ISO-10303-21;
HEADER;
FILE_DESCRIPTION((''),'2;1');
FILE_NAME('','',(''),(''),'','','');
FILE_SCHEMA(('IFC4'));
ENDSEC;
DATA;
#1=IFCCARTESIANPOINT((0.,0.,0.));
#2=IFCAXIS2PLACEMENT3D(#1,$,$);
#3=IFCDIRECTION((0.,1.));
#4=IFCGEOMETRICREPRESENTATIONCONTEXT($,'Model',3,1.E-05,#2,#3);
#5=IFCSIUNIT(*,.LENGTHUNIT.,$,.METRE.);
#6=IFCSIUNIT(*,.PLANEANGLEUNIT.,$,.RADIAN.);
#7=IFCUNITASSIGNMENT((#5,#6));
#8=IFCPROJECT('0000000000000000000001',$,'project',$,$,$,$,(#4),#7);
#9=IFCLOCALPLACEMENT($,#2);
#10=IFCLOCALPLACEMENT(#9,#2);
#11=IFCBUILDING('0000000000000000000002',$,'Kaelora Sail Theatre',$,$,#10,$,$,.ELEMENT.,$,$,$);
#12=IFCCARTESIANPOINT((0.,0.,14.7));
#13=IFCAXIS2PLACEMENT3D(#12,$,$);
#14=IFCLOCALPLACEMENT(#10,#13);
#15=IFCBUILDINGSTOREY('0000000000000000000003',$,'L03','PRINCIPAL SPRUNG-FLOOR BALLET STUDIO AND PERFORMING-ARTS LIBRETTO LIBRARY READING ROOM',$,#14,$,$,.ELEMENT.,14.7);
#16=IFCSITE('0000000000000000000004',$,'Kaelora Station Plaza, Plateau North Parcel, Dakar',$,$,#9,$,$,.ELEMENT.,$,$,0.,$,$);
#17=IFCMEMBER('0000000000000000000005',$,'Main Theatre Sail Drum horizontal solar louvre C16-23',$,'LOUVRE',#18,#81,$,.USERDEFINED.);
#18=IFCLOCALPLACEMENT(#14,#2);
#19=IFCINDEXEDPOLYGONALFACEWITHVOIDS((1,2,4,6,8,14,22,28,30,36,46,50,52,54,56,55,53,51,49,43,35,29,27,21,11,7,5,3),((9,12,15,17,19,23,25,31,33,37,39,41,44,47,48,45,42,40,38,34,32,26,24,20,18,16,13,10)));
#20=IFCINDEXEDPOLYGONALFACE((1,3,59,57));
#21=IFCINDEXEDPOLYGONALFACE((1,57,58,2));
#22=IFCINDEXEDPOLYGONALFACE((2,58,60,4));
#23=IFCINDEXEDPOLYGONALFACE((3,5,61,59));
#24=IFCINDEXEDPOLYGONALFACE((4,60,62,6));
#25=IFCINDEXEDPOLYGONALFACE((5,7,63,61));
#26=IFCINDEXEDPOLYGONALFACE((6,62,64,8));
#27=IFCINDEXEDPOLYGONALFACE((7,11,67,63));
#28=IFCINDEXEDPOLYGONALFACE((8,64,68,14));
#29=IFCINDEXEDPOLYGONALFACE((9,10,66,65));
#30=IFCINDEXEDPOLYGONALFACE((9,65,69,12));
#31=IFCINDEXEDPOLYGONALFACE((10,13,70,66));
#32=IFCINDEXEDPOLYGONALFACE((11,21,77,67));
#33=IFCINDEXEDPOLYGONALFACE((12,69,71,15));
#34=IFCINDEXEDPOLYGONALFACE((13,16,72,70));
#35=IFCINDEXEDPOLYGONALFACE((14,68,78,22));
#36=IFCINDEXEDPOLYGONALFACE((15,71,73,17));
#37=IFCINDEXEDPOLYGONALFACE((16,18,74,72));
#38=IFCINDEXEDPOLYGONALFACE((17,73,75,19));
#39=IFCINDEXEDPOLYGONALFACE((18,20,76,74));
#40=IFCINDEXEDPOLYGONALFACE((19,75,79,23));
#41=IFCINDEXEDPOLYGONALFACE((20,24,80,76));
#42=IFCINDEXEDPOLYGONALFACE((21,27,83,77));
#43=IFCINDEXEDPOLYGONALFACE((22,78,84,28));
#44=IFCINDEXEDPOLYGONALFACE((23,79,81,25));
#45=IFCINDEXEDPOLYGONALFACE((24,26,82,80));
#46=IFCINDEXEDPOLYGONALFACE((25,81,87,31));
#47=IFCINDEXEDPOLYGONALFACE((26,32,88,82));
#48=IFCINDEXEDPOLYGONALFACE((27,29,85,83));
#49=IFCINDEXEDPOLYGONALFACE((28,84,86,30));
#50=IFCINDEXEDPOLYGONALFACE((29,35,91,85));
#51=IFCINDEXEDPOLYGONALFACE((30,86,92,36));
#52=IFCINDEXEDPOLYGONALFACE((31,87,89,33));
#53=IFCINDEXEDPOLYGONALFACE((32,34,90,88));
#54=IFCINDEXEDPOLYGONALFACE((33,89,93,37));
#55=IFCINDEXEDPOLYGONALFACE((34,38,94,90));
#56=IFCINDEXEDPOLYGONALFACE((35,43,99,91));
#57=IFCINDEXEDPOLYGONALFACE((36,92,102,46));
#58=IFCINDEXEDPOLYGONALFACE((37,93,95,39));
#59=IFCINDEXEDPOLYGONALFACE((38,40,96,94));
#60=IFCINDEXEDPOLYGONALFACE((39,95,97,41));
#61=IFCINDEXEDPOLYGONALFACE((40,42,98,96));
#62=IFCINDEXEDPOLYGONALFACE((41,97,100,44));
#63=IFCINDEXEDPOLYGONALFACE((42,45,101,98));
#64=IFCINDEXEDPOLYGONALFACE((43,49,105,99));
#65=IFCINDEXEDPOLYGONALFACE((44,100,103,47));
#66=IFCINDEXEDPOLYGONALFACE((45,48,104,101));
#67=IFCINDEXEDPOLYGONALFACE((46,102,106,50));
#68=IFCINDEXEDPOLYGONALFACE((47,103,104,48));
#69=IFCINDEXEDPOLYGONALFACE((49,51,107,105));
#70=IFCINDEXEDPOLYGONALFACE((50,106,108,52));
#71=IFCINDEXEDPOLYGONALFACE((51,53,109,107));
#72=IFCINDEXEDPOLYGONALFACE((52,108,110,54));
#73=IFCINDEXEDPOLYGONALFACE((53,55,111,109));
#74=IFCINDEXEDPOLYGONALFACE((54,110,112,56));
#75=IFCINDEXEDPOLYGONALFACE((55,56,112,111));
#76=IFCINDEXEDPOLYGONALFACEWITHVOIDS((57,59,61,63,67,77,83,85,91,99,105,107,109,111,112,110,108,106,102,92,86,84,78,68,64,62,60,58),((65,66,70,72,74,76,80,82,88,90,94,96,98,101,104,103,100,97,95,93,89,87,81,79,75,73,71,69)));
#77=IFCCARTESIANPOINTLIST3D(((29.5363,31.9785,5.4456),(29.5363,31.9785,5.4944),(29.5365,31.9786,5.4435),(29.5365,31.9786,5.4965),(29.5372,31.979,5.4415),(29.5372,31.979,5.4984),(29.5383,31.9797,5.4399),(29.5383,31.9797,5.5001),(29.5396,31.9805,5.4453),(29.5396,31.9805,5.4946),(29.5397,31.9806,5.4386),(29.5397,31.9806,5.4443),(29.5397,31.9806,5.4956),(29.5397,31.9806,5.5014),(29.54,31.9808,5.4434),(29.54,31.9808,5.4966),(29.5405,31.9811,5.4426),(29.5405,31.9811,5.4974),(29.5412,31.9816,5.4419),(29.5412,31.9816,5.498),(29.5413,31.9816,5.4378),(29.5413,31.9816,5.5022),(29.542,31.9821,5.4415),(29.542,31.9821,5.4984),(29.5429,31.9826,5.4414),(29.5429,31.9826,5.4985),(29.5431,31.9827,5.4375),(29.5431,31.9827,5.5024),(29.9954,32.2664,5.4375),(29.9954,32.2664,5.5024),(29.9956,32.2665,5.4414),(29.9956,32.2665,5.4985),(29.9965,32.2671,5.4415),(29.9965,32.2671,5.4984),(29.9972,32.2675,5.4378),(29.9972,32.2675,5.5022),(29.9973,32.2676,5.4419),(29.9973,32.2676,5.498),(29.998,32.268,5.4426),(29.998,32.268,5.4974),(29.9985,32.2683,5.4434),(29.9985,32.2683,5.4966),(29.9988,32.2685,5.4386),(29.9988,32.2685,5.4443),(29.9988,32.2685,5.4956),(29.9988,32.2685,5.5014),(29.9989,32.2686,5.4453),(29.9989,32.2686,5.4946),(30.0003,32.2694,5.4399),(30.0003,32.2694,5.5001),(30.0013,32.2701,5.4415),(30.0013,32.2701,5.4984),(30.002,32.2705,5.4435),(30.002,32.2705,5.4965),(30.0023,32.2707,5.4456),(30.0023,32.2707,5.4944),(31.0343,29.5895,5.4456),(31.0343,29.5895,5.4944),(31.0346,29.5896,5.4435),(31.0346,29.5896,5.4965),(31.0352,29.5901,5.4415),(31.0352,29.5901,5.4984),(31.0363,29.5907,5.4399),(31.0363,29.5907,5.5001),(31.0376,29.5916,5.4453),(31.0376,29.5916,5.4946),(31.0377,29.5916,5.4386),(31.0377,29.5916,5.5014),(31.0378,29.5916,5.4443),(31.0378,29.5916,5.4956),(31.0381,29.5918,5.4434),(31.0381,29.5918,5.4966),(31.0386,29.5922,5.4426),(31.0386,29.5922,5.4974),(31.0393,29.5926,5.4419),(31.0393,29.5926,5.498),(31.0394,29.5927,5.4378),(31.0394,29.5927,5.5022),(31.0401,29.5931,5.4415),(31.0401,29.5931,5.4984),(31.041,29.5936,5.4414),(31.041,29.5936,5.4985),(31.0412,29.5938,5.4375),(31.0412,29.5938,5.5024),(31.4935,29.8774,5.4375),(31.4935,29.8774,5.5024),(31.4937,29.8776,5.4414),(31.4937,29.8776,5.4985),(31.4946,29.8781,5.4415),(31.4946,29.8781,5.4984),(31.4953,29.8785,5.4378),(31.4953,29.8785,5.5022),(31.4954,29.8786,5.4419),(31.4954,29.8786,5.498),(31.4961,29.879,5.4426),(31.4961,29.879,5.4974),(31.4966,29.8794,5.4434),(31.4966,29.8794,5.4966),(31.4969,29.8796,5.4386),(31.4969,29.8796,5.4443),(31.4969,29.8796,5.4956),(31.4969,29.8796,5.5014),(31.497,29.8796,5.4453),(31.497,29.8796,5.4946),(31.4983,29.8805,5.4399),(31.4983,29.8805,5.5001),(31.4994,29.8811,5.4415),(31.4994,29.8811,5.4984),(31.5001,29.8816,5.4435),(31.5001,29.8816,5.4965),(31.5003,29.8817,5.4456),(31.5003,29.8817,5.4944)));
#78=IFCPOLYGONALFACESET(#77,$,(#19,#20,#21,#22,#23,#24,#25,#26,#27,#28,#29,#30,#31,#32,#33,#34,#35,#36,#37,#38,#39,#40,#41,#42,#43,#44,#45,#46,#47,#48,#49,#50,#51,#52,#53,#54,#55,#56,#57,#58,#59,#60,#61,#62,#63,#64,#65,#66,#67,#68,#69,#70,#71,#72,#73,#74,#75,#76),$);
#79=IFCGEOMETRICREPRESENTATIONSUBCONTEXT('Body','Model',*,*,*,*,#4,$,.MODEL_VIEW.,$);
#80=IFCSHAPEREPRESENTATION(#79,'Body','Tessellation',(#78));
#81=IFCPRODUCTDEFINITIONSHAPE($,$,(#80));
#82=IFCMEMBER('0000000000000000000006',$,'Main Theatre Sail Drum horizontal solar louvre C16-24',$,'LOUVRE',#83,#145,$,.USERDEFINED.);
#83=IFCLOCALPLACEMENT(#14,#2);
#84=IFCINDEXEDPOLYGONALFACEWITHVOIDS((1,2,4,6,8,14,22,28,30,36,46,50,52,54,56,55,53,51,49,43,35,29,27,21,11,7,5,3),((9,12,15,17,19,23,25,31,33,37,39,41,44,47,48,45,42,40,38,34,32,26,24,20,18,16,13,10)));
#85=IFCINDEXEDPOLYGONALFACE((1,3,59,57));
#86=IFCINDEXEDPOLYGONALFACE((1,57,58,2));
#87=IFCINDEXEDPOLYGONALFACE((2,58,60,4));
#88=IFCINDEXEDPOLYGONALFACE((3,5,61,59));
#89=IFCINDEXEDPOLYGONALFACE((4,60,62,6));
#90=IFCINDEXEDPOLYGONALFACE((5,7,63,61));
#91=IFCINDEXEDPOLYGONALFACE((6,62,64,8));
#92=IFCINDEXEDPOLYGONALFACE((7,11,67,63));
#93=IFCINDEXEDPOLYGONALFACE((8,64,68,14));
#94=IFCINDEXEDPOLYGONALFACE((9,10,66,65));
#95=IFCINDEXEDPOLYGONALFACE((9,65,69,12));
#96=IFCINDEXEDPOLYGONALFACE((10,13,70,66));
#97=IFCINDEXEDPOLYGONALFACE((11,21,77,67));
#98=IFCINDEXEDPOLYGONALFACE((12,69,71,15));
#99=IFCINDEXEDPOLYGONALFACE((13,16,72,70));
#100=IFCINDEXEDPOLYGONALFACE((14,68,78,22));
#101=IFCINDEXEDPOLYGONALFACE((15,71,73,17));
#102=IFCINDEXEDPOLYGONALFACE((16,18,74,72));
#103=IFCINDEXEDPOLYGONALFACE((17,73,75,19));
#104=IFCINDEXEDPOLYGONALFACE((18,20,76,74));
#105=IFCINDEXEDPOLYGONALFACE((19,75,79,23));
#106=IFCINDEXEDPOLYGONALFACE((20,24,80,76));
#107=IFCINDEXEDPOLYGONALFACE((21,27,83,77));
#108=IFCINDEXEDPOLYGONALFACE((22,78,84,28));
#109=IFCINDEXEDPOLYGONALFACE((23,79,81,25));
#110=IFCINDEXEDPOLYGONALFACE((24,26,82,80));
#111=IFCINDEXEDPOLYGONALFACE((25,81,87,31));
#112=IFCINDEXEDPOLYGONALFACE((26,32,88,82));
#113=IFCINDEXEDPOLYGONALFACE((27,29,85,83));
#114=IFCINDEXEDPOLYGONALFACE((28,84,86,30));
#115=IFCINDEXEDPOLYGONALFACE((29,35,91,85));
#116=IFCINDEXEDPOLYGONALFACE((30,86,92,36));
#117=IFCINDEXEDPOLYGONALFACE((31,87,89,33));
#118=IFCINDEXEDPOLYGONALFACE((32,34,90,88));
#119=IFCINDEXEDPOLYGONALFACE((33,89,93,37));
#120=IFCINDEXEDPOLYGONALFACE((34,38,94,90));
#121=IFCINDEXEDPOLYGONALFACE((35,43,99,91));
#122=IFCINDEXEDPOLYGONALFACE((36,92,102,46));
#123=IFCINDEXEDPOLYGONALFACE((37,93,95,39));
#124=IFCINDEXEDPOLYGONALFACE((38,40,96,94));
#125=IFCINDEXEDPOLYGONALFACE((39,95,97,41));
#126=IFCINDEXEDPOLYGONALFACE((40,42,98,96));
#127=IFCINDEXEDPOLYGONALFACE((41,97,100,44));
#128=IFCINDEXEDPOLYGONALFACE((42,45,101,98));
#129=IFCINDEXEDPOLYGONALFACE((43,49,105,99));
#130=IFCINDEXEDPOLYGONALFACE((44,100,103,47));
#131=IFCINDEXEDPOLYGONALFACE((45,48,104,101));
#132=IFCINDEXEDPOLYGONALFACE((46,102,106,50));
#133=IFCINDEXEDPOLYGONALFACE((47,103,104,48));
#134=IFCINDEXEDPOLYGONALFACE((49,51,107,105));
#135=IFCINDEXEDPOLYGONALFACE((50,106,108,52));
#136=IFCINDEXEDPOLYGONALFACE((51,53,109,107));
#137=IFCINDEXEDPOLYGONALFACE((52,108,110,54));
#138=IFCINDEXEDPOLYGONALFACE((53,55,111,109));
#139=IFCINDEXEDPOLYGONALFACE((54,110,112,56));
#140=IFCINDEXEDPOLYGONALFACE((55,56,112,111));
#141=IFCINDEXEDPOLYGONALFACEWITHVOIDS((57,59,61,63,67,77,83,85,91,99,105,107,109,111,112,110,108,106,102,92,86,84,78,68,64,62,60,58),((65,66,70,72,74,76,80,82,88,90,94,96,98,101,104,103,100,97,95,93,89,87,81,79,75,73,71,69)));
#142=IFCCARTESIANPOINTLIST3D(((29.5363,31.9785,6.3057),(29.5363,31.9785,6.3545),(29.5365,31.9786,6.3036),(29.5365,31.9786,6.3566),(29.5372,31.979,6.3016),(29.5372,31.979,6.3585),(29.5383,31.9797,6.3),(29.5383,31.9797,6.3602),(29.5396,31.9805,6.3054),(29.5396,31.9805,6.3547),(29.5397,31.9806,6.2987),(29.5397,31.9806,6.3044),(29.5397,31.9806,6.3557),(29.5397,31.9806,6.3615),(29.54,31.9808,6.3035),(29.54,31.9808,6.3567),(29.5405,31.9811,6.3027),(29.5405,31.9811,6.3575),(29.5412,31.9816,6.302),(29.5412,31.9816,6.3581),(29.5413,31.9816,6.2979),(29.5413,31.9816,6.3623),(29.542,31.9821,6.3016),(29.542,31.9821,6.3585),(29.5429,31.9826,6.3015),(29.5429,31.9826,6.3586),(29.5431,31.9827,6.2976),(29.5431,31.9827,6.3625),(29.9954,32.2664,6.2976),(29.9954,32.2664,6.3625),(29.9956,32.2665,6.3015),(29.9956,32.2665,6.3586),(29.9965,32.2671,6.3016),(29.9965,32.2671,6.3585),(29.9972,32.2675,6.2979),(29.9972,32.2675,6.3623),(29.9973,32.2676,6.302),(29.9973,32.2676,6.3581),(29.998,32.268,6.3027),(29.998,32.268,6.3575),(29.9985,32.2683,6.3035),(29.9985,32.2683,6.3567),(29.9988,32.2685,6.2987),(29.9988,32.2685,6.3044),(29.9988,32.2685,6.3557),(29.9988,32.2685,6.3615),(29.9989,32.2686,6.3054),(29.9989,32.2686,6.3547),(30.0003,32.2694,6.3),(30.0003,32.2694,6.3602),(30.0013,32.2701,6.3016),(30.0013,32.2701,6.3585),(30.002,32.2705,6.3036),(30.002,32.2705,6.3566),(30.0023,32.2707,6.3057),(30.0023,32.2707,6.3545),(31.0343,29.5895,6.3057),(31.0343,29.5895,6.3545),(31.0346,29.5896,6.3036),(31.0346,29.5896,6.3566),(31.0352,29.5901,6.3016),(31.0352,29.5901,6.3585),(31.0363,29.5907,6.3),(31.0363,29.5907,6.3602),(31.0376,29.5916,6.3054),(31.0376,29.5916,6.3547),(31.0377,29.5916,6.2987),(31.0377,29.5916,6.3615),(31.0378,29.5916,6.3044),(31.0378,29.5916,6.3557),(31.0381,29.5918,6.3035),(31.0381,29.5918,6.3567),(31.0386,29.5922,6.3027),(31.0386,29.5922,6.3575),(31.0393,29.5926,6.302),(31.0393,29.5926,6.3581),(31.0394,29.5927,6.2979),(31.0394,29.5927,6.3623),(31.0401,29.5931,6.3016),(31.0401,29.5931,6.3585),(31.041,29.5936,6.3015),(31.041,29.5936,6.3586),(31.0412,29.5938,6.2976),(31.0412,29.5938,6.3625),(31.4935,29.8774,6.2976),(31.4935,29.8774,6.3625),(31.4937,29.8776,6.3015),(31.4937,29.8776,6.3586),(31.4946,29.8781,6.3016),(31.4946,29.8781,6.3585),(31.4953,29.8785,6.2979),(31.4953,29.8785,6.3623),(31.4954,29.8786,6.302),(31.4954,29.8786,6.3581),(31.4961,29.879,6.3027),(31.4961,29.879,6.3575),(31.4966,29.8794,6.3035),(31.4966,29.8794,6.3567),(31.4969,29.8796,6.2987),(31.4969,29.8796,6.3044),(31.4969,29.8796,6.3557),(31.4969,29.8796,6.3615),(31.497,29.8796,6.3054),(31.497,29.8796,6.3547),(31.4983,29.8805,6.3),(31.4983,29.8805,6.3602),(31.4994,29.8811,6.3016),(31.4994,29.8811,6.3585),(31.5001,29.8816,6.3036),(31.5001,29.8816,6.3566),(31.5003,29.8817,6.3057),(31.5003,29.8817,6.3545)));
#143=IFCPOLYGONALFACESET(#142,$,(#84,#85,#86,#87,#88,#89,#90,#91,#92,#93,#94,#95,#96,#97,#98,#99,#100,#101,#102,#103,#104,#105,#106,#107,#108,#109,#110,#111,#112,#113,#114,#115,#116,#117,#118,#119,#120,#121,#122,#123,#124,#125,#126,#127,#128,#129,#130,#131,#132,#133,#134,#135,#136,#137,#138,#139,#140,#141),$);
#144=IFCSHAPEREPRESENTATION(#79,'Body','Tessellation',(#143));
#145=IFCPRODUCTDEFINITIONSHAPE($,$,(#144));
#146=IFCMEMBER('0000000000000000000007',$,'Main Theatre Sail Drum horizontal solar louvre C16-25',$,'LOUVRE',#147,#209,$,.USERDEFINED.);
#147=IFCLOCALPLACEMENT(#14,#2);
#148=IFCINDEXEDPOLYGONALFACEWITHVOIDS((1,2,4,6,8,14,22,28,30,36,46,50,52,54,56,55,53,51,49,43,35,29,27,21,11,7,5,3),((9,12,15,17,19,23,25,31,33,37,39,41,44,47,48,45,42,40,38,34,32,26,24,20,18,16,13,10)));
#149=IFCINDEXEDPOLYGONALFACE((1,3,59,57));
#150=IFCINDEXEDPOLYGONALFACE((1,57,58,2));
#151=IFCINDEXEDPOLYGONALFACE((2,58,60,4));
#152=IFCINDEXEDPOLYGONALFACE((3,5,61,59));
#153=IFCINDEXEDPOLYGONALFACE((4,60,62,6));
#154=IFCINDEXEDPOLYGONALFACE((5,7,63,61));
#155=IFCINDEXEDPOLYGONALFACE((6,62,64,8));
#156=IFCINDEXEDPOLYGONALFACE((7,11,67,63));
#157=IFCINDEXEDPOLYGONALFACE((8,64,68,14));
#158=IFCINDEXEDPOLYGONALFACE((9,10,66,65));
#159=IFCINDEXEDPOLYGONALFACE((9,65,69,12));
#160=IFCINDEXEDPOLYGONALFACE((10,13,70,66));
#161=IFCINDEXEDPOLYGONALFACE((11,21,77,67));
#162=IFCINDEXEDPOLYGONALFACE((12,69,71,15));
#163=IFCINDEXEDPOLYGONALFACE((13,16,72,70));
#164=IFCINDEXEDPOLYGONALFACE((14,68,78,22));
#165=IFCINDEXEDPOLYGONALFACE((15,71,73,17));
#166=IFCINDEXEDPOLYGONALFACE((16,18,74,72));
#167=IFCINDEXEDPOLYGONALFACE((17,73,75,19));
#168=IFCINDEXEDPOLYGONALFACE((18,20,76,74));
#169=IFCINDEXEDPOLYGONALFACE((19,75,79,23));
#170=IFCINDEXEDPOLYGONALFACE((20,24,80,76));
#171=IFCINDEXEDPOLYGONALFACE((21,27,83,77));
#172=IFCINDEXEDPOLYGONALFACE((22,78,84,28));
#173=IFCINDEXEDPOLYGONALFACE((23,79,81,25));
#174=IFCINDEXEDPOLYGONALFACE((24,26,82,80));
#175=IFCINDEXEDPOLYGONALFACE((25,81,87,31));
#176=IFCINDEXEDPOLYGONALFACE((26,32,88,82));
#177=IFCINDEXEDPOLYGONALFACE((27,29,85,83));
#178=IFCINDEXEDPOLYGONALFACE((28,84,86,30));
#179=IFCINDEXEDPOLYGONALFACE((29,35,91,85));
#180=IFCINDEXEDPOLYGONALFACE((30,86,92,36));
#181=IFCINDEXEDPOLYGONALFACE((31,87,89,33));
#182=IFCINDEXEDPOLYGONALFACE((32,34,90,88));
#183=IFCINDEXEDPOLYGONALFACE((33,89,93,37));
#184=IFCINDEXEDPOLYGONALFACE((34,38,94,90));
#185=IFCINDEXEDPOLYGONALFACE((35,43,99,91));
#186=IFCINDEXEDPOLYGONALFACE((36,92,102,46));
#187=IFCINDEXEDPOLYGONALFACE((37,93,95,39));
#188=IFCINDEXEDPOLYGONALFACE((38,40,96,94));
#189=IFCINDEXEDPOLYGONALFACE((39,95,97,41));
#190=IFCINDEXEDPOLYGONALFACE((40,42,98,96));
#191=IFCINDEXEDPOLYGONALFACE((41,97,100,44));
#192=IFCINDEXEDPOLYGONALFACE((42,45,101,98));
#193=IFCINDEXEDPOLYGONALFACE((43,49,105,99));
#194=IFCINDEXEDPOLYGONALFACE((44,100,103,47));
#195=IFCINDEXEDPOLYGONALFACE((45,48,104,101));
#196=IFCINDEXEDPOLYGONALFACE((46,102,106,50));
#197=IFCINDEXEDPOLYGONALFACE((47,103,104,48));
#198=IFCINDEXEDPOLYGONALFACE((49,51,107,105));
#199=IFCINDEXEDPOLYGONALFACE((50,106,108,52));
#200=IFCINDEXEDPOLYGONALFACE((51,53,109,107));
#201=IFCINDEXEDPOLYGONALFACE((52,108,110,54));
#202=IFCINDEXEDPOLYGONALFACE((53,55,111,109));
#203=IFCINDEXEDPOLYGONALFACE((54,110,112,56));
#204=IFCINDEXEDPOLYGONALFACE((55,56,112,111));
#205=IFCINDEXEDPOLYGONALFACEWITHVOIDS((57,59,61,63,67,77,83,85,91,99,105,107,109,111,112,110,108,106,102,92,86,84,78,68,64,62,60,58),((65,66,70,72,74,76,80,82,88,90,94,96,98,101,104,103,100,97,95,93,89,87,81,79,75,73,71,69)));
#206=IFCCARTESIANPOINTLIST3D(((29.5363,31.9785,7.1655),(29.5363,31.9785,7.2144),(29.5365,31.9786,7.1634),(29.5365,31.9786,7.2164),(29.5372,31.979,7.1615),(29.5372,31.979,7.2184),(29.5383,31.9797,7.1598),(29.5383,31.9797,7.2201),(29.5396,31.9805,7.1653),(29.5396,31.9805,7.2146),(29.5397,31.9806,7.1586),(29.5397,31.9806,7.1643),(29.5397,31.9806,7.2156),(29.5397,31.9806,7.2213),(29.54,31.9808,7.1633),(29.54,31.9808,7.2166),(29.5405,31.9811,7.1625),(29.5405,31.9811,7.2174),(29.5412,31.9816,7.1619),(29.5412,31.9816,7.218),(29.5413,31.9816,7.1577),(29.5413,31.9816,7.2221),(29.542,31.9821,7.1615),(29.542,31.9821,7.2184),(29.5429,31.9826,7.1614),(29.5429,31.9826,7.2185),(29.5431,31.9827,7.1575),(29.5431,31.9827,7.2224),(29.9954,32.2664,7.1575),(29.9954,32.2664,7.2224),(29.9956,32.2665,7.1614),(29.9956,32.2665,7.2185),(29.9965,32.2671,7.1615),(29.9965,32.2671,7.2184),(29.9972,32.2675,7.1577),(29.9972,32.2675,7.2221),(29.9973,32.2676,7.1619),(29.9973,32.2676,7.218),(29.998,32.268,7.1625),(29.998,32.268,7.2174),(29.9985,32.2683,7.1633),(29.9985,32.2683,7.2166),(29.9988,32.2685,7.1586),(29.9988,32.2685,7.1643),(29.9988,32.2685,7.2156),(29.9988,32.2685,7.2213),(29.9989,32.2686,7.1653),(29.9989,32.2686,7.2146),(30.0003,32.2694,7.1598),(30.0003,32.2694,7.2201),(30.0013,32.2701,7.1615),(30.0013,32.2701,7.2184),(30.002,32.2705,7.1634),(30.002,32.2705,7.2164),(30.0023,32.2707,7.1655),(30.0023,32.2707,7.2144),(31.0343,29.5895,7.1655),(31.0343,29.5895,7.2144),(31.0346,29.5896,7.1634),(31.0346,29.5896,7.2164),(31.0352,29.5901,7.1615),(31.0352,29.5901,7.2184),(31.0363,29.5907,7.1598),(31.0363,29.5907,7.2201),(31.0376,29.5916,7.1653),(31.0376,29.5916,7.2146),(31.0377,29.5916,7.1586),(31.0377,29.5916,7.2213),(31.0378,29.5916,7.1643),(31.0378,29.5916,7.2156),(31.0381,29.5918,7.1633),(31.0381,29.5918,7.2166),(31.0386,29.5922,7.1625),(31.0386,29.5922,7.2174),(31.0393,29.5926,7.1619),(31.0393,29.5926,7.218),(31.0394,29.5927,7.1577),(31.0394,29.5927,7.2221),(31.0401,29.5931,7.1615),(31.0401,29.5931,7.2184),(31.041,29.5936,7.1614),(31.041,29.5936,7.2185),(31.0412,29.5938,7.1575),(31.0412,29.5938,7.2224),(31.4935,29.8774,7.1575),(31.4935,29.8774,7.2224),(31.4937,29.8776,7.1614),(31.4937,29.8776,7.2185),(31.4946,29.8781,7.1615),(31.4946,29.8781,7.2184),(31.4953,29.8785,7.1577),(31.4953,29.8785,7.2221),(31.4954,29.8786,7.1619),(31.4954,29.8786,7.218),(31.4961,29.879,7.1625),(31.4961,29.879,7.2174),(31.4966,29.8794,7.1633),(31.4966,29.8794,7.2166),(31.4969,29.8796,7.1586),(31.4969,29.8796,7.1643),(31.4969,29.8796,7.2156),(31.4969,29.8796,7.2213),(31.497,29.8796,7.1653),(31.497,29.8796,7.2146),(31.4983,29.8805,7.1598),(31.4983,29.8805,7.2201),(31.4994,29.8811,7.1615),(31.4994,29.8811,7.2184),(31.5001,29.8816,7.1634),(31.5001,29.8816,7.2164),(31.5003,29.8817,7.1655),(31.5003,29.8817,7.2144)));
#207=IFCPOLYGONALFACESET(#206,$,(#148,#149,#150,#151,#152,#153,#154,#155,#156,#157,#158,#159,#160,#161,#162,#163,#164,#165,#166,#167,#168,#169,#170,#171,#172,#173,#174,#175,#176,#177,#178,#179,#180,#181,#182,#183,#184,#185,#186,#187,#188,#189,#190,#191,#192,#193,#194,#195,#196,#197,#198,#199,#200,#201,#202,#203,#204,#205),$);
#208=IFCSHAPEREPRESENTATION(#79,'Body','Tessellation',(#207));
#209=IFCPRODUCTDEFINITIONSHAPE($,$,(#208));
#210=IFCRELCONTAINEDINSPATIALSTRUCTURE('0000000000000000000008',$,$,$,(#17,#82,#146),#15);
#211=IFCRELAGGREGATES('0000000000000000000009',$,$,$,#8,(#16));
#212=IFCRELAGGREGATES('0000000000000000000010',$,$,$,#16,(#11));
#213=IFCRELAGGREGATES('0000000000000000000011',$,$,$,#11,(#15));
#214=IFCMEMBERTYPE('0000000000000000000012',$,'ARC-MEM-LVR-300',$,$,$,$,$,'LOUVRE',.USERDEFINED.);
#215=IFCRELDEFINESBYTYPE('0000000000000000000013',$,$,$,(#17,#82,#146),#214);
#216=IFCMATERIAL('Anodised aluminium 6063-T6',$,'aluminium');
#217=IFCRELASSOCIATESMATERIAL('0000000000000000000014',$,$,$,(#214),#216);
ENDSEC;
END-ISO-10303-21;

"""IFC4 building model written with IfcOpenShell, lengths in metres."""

from ifc_helpers import new_model, si_unit, direction, frame, origin, origin_2d, place, context, subcontext, project, spatial, hollow_rectangle, extrude, material, material_profile, profile_set, type_object, element, save


model = new_model("IFC4")

# Units and contexts
model_context = context("Model", 3, precision=1e-05, world=origin(), true_north=direction((0.0, 1.0)))
body_context = subcontext(model_context, "Body", "Model", "MODEL_VIEW")
ifc_project = project(units=[si_unit("LENGTHUNIT", "METRE"), si_unit("PLANEANGLEUNIT", "RADIAN")], contexts=[model_context])

# Site, building, storey
site_placement = place(None, origin())
site = spatial("IfcSite", under=ifc_project, at=site_placement, Name="Kaelora Station Plaza, Plateau North Parcel, Dakar", CompositionType="ELEMENT", RefElevation=0.0)
building_placement = place(site_placement, origin())
building = spatial("IfcBuilding", under=site, at=building_placement, Name="Kaelora Sail Theatre", CompositionType="ELEMENT")
storey_placement = place(building_placement, frame((0.0, 0.0, 14.7)))
storey = spatial("IfcBuildingStorey", under=building, at=storey_placement, Name="L03", Description="PRINCIPAL SPRUNG-FLOOR BALLET STUDIO AND PERFORMING-ARTS LIBRETTO LIBRARY READING ROOM", CompositionType="ELEMENT", Elevation=14.7)

# Members
ifc_material_1 = material(Name="Anodised aluminium 6063-T6", Category="aluminium")
ifc_material_profile_1 = material_profile(ifc_material_1, hollow_rectangle(XDim=0.55, YDim=0.0649, WallThickness=0.0039, InnerFilletRadius=0.0039, OuterFilletRadius=0.0081, at=origin_2d()), Name="LOUVRE 550x65x4")
ifc_profile_set_1 = profile_set([ifc_material_profile_1], Name="Anodised aluminium 6063-T6")
member_type = type_object("IfcMemberType", Name="ARC-MEM-LVR-300", ElementType="LOUVRE", PredefinedType="USERDEFINED", material=ifc_profile_set_1)
for number, where, z_axis, x_axis, name in (
    (1, (31.2673, 29.7356, 5.47), (-0.531267, 0.847204, 0.0), (-0.847204, -0.531267, 0.0), "Main Theatre Sail Drum horizontal solar louvre C16-23"),
    (2, (31.2673, 29.7356, 6.3301), (-0.531267, 0.847204, 0.0), (-0.847204, -0.531267, 0.0), "Main Theatre Sail Drum horizontal solar louvre C16-24"),
    (3, (31.2673, 29.7356, 7.1899), (-0.531267, 0.847204, 0.0), (-0.847204, -0.531267, 0.0), "Main Theatre Sail Drum horizontal solar louvre C16-25"),
):
    element("IfcMember", number, at=place(storey_placement, frame(where, z_axis=z_axis, x_axis=x_axis)), inside=storey, type_object=member_type, Name=name, ObjectType="LOUVRE", PredefinedType="USERDEFINED", context=body_context, shape_type="SweptSolid", body=[
        extrude(hollow_rectangle(XDim=0.55, YDim=0.0649, WallThickness=0.0039, InnerFilletRadius=0.0039, OuterFilletRadius=0.0081, at=origin_2d()), origin(), (0.0, 0.0, 1.0), 2.8198),
    ])

save(model, "model.ifc")
